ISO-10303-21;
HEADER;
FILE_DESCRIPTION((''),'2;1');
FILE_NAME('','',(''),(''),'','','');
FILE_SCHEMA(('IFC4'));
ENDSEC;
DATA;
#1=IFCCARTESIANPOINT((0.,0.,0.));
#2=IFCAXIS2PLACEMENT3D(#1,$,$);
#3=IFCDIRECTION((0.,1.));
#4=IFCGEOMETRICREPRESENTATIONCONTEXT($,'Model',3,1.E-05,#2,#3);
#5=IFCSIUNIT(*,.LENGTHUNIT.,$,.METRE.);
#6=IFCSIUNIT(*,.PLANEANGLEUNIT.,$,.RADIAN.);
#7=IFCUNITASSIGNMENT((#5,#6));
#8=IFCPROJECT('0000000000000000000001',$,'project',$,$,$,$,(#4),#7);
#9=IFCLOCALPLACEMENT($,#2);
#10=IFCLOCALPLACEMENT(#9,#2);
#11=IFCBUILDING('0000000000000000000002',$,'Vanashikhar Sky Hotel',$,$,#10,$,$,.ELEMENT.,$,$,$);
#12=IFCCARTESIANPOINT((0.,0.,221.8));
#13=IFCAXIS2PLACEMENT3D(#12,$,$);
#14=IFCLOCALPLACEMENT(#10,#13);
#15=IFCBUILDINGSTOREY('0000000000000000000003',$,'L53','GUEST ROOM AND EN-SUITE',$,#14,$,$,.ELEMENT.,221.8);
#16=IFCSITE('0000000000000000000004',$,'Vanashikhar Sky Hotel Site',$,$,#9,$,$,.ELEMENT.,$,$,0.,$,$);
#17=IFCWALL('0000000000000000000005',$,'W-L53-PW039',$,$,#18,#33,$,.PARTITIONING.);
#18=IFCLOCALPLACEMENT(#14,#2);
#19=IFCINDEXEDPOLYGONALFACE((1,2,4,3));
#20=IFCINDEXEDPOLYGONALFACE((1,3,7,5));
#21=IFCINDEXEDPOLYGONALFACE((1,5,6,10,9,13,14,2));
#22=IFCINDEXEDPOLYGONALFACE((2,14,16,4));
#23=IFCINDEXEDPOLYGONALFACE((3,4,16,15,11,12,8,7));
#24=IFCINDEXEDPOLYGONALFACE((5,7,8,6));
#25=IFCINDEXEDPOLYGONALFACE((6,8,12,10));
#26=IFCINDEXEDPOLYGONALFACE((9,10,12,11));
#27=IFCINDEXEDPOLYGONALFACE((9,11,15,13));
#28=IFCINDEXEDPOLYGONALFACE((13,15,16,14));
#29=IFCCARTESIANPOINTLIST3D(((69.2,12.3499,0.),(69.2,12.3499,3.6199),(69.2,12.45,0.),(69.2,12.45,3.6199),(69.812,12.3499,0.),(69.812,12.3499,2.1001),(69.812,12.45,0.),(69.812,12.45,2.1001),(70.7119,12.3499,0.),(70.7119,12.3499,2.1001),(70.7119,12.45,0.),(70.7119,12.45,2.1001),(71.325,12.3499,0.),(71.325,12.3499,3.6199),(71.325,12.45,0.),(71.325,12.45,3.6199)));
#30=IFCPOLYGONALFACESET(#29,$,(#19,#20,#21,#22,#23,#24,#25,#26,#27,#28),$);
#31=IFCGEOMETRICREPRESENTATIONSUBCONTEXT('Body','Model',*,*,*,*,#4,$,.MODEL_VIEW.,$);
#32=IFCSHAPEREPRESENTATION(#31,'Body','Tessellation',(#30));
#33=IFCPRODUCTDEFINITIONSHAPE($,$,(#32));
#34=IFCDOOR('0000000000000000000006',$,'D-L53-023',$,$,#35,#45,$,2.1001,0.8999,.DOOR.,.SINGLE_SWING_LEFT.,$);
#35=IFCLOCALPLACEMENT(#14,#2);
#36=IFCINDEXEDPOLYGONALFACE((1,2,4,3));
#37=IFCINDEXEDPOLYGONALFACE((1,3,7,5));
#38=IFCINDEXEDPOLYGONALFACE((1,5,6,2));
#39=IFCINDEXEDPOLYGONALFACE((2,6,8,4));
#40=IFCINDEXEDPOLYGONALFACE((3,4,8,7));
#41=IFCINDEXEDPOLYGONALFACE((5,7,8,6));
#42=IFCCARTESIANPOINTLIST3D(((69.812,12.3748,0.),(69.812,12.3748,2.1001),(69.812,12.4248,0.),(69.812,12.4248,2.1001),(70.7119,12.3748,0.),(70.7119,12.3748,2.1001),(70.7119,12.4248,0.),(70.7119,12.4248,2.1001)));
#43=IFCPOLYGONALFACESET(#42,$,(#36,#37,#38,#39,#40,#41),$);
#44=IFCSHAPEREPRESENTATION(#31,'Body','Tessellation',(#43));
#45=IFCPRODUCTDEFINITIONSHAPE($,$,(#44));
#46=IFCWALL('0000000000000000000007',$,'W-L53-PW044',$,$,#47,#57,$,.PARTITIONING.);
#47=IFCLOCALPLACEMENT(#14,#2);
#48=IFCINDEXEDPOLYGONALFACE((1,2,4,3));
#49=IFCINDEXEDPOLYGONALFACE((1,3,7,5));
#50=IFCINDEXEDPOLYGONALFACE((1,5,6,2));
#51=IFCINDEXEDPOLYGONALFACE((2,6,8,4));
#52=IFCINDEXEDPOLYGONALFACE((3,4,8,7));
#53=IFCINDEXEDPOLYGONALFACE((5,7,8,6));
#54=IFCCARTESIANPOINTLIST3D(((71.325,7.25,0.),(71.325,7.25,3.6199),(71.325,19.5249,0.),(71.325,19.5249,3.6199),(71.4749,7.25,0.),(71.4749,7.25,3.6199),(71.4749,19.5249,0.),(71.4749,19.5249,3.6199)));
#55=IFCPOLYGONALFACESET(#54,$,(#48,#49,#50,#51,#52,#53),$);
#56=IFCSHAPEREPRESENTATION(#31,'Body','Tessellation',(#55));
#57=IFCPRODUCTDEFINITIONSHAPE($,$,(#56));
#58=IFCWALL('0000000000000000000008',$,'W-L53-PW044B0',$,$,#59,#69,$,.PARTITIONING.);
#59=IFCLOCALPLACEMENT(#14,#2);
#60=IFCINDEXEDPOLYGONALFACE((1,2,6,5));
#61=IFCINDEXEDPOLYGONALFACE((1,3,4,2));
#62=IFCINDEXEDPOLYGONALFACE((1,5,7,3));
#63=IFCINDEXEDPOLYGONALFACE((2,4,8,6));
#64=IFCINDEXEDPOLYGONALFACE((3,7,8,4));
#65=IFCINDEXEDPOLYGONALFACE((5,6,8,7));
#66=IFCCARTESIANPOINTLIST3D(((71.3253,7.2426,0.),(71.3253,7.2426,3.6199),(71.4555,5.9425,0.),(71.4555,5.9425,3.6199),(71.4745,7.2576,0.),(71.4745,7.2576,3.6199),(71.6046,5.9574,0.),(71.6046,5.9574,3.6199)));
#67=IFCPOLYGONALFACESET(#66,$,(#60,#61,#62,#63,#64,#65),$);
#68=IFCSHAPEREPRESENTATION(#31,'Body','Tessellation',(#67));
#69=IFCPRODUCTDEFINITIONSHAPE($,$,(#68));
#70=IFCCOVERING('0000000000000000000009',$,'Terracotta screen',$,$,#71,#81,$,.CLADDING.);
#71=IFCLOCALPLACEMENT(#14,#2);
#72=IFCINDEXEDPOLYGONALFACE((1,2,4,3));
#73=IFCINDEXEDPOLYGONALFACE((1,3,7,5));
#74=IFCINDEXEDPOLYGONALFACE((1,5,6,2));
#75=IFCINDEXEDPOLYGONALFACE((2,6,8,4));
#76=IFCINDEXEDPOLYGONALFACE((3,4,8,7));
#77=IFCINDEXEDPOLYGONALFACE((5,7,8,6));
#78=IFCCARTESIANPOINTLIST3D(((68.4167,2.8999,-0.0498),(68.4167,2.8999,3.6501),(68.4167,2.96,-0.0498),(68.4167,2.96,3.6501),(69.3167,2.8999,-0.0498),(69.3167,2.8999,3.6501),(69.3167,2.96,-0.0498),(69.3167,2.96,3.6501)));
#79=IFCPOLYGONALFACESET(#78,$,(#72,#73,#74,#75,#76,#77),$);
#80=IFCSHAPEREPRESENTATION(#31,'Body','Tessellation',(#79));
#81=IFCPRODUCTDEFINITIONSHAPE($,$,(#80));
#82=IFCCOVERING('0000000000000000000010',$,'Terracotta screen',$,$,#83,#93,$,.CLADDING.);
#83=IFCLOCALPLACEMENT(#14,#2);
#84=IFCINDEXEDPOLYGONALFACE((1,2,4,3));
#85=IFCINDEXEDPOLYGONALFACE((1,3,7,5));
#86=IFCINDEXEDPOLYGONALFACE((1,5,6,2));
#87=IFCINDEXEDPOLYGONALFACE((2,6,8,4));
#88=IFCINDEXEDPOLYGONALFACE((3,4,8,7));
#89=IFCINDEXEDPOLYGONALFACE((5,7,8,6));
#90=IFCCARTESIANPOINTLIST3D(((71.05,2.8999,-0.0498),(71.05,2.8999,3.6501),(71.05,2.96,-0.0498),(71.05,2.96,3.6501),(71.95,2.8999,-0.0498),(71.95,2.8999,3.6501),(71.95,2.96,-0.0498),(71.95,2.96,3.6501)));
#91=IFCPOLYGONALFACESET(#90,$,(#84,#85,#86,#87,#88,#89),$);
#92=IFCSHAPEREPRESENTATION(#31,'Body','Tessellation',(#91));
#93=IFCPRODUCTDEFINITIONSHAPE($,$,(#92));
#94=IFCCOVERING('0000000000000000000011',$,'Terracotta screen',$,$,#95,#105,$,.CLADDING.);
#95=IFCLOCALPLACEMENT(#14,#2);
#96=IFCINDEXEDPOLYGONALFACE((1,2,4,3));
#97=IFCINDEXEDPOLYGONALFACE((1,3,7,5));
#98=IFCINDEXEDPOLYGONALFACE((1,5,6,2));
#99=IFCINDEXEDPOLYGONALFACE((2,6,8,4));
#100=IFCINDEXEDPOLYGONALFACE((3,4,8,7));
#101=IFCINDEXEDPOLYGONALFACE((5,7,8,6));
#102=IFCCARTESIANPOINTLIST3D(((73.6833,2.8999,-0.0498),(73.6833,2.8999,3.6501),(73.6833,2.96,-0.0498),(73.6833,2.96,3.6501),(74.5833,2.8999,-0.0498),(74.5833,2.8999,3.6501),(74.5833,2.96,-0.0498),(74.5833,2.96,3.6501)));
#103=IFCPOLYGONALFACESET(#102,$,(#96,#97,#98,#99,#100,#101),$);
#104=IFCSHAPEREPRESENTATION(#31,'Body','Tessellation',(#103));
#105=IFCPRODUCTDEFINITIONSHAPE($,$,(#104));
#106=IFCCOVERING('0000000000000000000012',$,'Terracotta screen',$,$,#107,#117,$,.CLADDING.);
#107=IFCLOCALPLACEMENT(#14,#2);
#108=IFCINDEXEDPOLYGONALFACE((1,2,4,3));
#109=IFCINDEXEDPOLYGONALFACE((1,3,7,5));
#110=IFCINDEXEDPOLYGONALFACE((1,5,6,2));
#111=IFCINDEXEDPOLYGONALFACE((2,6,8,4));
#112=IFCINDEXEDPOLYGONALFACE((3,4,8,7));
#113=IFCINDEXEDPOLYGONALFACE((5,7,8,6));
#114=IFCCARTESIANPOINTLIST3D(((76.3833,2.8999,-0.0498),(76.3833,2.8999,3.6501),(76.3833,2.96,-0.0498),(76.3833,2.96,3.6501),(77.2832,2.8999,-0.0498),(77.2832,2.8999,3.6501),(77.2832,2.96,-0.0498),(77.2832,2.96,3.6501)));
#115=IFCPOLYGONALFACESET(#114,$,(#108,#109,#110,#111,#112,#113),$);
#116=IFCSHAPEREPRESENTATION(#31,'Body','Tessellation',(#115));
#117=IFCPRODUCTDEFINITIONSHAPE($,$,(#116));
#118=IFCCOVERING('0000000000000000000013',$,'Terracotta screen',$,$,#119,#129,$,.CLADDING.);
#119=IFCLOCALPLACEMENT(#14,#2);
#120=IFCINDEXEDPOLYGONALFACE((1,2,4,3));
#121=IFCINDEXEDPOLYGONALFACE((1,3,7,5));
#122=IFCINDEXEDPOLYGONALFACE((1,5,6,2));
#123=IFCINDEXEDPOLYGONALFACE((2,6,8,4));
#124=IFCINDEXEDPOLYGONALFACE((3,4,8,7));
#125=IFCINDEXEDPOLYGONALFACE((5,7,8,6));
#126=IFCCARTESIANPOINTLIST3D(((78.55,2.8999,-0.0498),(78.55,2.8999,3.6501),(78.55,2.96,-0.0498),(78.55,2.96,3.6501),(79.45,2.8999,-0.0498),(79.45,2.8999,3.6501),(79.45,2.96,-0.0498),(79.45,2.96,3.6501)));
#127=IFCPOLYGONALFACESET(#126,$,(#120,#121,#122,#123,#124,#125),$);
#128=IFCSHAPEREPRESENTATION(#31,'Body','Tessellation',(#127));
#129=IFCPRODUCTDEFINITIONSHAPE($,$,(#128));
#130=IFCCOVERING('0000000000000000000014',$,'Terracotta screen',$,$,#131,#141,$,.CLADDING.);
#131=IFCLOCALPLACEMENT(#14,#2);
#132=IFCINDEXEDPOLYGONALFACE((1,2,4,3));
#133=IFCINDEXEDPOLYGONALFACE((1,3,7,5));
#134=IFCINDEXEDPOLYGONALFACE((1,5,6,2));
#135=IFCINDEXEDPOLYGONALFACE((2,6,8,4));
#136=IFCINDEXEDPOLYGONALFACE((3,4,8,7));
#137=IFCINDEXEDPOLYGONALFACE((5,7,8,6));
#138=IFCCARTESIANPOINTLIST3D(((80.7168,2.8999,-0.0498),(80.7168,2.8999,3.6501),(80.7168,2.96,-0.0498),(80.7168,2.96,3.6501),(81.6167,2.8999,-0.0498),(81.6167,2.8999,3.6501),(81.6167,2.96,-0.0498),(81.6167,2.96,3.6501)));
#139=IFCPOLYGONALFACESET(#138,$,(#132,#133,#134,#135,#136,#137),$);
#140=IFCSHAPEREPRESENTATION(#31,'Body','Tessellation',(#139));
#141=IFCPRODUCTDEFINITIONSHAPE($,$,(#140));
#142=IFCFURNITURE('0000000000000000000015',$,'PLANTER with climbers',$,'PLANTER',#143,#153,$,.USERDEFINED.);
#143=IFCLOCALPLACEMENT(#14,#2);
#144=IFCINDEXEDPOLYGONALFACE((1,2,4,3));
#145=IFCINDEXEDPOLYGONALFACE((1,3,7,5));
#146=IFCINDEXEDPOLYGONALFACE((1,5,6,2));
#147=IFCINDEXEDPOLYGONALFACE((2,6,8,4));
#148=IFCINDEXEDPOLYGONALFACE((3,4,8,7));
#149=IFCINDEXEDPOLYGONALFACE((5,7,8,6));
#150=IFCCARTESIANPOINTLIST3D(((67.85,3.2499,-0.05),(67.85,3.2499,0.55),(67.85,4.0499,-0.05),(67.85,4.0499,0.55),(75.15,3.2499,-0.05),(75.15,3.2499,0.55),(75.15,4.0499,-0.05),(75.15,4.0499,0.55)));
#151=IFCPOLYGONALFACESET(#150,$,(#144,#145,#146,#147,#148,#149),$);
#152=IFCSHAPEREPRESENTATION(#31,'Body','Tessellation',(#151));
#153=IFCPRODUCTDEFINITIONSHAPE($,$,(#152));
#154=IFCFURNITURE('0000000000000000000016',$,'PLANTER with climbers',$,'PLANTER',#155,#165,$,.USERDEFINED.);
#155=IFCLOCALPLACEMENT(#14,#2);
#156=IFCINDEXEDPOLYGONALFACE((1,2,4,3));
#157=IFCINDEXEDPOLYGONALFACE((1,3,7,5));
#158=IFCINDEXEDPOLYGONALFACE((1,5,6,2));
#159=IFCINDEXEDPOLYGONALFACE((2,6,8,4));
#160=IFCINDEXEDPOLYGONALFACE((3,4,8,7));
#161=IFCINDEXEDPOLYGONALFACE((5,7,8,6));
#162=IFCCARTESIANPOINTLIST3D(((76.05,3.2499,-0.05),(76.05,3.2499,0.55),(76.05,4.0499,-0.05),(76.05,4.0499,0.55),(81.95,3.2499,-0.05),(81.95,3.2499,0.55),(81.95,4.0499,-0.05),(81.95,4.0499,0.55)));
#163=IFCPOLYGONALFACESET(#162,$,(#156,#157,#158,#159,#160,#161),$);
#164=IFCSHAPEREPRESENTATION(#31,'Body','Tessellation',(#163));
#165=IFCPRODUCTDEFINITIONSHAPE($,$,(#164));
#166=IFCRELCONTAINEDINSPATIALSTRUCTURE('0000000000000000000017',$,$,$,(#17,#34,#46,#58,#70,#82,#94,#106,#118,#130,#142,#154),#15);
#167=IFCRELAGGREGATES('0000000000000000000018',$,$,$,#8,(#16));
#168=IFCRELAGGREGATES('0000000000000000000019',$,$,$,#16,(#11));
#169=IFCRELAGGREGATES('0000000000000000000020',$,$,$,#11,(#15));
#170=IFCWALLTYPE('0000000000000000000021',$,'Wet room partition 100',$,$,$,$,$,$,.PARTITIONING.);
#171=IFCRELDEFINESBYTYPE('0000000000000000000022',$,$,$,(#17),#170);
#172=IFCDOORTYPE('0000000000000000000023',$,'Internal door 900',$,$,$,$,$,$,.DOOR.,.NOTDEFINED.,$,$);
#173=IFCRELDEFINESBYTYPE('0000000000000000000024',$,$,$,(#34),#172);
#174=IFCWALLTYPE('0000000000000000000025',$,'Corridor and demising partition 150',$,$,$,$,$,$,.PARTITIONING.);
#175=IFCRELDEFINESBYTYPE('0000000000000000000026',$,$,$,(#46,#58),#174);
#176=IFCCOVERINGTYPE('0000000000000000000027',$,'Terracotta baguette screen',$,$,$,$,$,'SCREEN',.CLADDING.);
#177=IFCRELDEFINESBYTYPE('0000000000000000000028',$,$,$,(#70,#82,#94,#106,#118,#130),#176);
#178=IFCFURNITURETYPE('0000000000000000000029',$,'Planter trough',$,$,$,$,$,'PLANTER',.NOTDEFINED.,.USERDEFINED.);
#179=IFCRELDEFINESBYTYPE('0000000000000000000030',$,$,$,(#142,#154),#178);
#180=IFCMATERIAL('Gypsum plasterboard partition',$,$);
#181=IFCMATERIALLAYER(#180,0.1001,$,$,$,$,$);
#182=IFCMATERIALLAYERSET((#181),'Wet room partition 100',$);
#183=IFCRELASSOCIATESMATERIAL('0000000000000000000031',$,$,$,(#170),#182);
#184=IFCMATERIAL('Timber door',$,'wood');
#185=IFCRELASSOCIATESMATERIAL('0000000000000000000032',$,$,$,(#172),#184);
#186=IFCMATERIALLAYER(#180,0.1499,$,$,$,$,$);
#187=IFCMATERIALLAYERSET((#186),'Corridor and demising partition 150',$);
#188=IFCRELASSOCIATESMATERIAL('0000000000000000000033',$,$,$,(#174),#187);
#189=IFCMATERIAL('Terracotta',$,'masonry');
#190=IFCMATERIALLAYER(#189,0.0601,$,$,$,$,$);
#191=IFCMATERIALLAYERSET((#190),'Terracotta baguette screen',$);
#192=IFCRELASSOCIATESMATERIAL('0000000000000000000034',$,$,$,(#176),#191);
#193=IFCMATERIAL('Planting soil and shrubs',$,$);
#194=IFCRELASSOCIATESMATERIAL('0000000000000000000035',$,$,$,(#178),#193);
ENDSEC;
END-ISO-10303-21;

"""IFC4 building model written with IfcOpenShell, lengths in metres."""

from ifc_helpers import new_model, si_unit, direction, frame, frame_2d, origin, origin_2d, place, context, subcontext, project, spatial, rectangle, extrude, source, transform, mapped, material, layer, layer_set, type_object, element, fill, save


model = new_model("IFC4")

# Units and contexts
model_context = context("Model", 3, precision=1e-05, world=origin(), true_north=direction((0.0, 1.0)))
body_context = subcontext(model_context, "Body", "Model", "MODEL_VIEW")
ifc_project = project(units=[si_unit("LENGTHUNIT", "METRE"), si_unit("PLANEANGLEUNIT", "RADIAN")], contexts=[model_context])

# Site, building, storey
site_placement = place(None, origin())
site = spatial("IfcSite", under=ifc_project, at=site_placement, Name="Vanashikhar Sky Hotel Site", CompositionType="ELEMENT", RefElevation=0.0)
building_placement = place(site_placement, origin())
building = spatial("IfcBuilding", under=site, at=building_placement, Name="Vanashikhar Sky Hotel", CompositionType="ELEMENT")
storey_placement = place(building_placement, frame((0.0, 0.0, 221.8)))
storey = spatial("IfcBuildingStorey", under=building, at=storey_placement, Name="L53", Description="GUEST ROOM AND EN-SUITE", CompositionType="ELEMENT", Elevation=221.8)

# Wall, opening, door
ifc_material_1 = material(Name="Gypsum plasterboard partition")
ifc_layer_1 = layer(ifc_material_1, 0.1001)
ifc_layer_set_1 = layer_set([ifc_layer_1], Name="Wet room partition 100")
wall_type_1 = type_object("IfcWallType", Name="Wet room partition 100", PredefinedType="PARTITIONING", material=ifc_layer_set_1)
shared_shape_1 = source(origin(), body_context, "Body", "SweptSolid", [
    extrude(rectangle(XDim=2.125, YDim=0.1001, at=frame_2d((1.0625, 0.0))), origin(), (0.0, 0.0, 1.0), 3.6199),
])
wall_1_placement = place(storey_placement, frame((69.2, 12.3999, 0.0), z_axis=(0.0, 0.0, 1.0), x_axis=(1.0, 0.0, 0.0)))
wall_1 = element("IfcWall", 1, at=wall_1_placement, inside=storey, type_object=wall_type_1, Name="W-L53-PW039", PredefinedType="PARTITIONING", context=body_context, shape_type="MappedRepresentation", body=[
    mapped(shared_shape_1, transform((0.0, 0.0, 0.0), scale=1.0)),
])
shared_shape_2 = source(origin(), body_context, "Body", "SweptSolid", [
    extrude(rectangle(XDim=0.8999, YDim=2.1001, at=frame_2d((0.45, 1.05))), frame((0.0, 0.0601, 0.0), z_axis=(0.0, -1.0, 0.0), x_axis=(1.0, 0.0, 0.0)), (0.0, 0.0, 1.0), 0.1201),
])
opening_1_placement = place(wall_1_placement, frame((0.6121, 0.0, 0.0)))
opening_1 = element("IfcOpeningElement", 2, at=opening_1_placement, cuts=wall_1, PredefinedType="OPENING", context=body_context, shape_type="MappedRepresentation", body=[
    mapped(shared_shape_2, transform((0.0, 0.0, 0.0), scale=1.0)),
])
ifc_material_2 = material(Name="Timber door", Category="wood")
door_type = type_object("IfcDoorType", Name="Internal door 900", OperationType="NOTDEFINED", PredefinedType="DOOR", material=ifc_material_2)
shared_shape_3 = source(origin(), body_context, "Body", "SweptSolid", [
    extrude(rectangle(XDim=0.8999, YDim=2.1001, at=frame_2d((0.45, 1.05))), frame((0.0, 0.0249, 0.0), z_axis=(0.0, -1.0, 0.0), x_axis=(1.0, 0.0, 0.0)), (0.0, 0.0, 1.0), 0.05),
])
door_placement = place(opening_1_placement, origin())
door = element("IfcDoor", 3, at=door_placement, inside=storey, type_object=door_type, Name="D-L53-023", OperationType="SINGLE_SWING_LEFT", OverallHeight=2.1001, OverallWidth=0.8999, PredefinedType="DOOR", context=body_context, shape_type="MappedRepresentation", body=[
    mapped(shared_shape_3, transform((0.0, 0.0, 0.0), scale=1.0)),
])
fill(opening_1, door)

# Walls
ifc_layer_2 = layer(ifc_material_1, 0.1499)
ifc_layer_set_2 = layer_set([ifc_layer_2], Name="Corridor and demising partition 150")
wall_type_2 = type_object("IfcWallType", Name="Corridor and demising partition 150", PredefinedType="PARTITIONING", material=ifc_layer_set_2)
shared_shape_4 = source(origin(), body_context, "Body", "SweptSolid", [
    extrude(rectangle(XDim=12.2749, YDim=0.1499, at=frame_2d((6.1375, 0.0))), origin(), (0.0, 0.0, 1.0), 3.6199),
])
wall_2_placement = place(storey_placement, frame((71.3999, 7.25, 0.0), z_axis=(0.0, 0.0, 1.0), x_axis=(0.0, 1.0, 0.0)))
element("IfcWall", 4, at=wall_2_placement, inside=storey, type_object=wall_type_2, Name="W-L53-PW044", PredefinedType="PARTITIONING", context=body_context, shape_type="MappedRepresentation", body=[
    mapped(shared_shape_4, transform((0.0, 0.0, 0.0), scale=1.0)),
])
shared_shape_5 = source(origin(), body_context, "Body", "SweptSolid", [
    extrude(rectangle(XDim=1.3066, YDim=0.1499, at=frame_2d((0.6533, 0.0))), origin(), (0.0, 0.0, 1.0), 3.6199),
])
wall_3_placement = place(storey_placement, frame((71.53, 5.95, 0.0), z_axis=(0.0, 0.0, 1.0), x_axis=(-0.099596, 0.995028, 0.0)))
element("IfcWall", 5, at=wall_3_placement, inside=storey, type_object=wall_type_2, Name="W-L53-PW044B0", PredefinedType="PARTITIONING", context=body_context, shape_type="MappedRepresentation", body=[
    mapped(shared_shape_5, transform((0.0, 0.0, 0.0), scale=1.0)),
])

# Coverings
ifc_material_3 = material(Name="Terracotta", Category="masonry")
ifc_layer_3 = layer(ifc_material_3, 0.0601)
ifc_layer_set_3 = layer_set([ifc_layer_3], Name="Terracotta baguette screen")
covering_type = type_object("IfcCoveringType", Name="Terracotta baguette screen", ElementType="SCREEN", PredefinedType="CLADDING", material=ifc_layer_set_3)
shared_shape_6 = source(origin(), body_context, "Body", "SweptSolid", [
    extrude(rectangle(XDim=0.8999, YDim=0.0601, at=origin_2d()), origin(), (0.0, 0.0, 1.0), 3.7),
])
for number, where, z_axis, x_axis, name in (
    (6, (68.8667, 2.9299, -0.0498), (0.0, 0.0, 1.0), (1.0, 0.0, 0.0), "Terracotta screen"),
    (7, (71.5, 2.9299, -0.0498), (0.0, 0.0, 1.0), (1.0, 0.0, 0.0), "Terracotta screen"),
    (8, (74.1333, 2.9299, -0.0498), (0.0, 0.0, 1.0), (1.0, 0.0, 0.0), "Terracotta screen"),
    (9, (76.8333, 2.9299, -0.0498), (0.0, 0.0, 1.0), (1.0, 0.0, 0.0), "Terracotta screen"),
    (10, (79.0, 2.9299, -0.0498), (0.0, 0.0, 1.0), (1.0, 0.0, 0.0), "Terracotta screen"),
    (11, (81.1667, 2.9299, -0.0498), (0.0, 0.0, 1.0), (1.0, 0.0, 0.0), "Terracotta screen"),
):
    element("IfcCovering", number, at=place(storey_placement, frame(where, z_axis=z_axis, x_axis=x_axis)), inside=storey, type_object=covering_type, Name=name, PredefinedType="CLADDING", context=body_context, shape_type="MappedRepresentation", body=[
        mapped(shared_shape_6, transform((0.0, 0.0, 0.0), scale=1.0)),
    ])

# Furniture
ifc_material_4 = material(Name="Planting soil and shrubs")
furniture_type = type_object("IfcFurnitureType", Name="Planter trough", ElementType="PLANTER", AssemblyPlace="NOTDEFINED", PredefinedType="USERDEFINED", material=ifc_material_4)
shared_shape_7 = source(origin(), body_context, "Body", "SweptSolid", [
    extrude(rectangle(XDim=7.3, YDim=0.8, at=origin_2d()), origin(), (0.0, 0.0, 1.0), 0.6001),
])
furniture_1_placement = place(storey_placement, frame((71.5, 3.6499, -0.05), z_axis=(0.0, 0.0, 1.0), x_axis=(1.0, 0.0, 0.0)))
element("IfcFurniture", 12, at=furniture_1_placement, inside=storey, type_object=furniture_type, Name="PLANTER with climbers", ObjectType="PLANTER", PredefinedType="USERDEFINED", context=body_context, shape_type="MappedRepresentation", body=[
    mapped(shared_shape_7, transform((0.0, 0.0, 0.0), scale=1.0)),
])
shared_shape_8 = source(origin(), body_context, "Body", "SweptSolid", [
    extrude(rectangle(XDim=5.8999, YDim=0.8, at=origin_2d()), origin(), (0.0, 0.0, 1.0), 0.6001),
])
furniture_2_placement = place(storey_placement, frame((79.0, 3.6499, -0.05), z_axis=(0.0, 0.0, 1.0), x_axis=(1.0, 0.0, 0.0)))
element("IfcFurniture", 13, at=furniture_2_placement, inside=storey, type_object=furniture_type, Name="PLANTER with climbers", ObjectType="PLANTER", PredefinedType="USERDEFINED", context=body_context, shape_type="MappedRepresentation", body=[
    mapped(shared_shape_8, transform((0.0, 0.0, 0.0), scale=1.0)),
])

save(model, "model.ifc")
